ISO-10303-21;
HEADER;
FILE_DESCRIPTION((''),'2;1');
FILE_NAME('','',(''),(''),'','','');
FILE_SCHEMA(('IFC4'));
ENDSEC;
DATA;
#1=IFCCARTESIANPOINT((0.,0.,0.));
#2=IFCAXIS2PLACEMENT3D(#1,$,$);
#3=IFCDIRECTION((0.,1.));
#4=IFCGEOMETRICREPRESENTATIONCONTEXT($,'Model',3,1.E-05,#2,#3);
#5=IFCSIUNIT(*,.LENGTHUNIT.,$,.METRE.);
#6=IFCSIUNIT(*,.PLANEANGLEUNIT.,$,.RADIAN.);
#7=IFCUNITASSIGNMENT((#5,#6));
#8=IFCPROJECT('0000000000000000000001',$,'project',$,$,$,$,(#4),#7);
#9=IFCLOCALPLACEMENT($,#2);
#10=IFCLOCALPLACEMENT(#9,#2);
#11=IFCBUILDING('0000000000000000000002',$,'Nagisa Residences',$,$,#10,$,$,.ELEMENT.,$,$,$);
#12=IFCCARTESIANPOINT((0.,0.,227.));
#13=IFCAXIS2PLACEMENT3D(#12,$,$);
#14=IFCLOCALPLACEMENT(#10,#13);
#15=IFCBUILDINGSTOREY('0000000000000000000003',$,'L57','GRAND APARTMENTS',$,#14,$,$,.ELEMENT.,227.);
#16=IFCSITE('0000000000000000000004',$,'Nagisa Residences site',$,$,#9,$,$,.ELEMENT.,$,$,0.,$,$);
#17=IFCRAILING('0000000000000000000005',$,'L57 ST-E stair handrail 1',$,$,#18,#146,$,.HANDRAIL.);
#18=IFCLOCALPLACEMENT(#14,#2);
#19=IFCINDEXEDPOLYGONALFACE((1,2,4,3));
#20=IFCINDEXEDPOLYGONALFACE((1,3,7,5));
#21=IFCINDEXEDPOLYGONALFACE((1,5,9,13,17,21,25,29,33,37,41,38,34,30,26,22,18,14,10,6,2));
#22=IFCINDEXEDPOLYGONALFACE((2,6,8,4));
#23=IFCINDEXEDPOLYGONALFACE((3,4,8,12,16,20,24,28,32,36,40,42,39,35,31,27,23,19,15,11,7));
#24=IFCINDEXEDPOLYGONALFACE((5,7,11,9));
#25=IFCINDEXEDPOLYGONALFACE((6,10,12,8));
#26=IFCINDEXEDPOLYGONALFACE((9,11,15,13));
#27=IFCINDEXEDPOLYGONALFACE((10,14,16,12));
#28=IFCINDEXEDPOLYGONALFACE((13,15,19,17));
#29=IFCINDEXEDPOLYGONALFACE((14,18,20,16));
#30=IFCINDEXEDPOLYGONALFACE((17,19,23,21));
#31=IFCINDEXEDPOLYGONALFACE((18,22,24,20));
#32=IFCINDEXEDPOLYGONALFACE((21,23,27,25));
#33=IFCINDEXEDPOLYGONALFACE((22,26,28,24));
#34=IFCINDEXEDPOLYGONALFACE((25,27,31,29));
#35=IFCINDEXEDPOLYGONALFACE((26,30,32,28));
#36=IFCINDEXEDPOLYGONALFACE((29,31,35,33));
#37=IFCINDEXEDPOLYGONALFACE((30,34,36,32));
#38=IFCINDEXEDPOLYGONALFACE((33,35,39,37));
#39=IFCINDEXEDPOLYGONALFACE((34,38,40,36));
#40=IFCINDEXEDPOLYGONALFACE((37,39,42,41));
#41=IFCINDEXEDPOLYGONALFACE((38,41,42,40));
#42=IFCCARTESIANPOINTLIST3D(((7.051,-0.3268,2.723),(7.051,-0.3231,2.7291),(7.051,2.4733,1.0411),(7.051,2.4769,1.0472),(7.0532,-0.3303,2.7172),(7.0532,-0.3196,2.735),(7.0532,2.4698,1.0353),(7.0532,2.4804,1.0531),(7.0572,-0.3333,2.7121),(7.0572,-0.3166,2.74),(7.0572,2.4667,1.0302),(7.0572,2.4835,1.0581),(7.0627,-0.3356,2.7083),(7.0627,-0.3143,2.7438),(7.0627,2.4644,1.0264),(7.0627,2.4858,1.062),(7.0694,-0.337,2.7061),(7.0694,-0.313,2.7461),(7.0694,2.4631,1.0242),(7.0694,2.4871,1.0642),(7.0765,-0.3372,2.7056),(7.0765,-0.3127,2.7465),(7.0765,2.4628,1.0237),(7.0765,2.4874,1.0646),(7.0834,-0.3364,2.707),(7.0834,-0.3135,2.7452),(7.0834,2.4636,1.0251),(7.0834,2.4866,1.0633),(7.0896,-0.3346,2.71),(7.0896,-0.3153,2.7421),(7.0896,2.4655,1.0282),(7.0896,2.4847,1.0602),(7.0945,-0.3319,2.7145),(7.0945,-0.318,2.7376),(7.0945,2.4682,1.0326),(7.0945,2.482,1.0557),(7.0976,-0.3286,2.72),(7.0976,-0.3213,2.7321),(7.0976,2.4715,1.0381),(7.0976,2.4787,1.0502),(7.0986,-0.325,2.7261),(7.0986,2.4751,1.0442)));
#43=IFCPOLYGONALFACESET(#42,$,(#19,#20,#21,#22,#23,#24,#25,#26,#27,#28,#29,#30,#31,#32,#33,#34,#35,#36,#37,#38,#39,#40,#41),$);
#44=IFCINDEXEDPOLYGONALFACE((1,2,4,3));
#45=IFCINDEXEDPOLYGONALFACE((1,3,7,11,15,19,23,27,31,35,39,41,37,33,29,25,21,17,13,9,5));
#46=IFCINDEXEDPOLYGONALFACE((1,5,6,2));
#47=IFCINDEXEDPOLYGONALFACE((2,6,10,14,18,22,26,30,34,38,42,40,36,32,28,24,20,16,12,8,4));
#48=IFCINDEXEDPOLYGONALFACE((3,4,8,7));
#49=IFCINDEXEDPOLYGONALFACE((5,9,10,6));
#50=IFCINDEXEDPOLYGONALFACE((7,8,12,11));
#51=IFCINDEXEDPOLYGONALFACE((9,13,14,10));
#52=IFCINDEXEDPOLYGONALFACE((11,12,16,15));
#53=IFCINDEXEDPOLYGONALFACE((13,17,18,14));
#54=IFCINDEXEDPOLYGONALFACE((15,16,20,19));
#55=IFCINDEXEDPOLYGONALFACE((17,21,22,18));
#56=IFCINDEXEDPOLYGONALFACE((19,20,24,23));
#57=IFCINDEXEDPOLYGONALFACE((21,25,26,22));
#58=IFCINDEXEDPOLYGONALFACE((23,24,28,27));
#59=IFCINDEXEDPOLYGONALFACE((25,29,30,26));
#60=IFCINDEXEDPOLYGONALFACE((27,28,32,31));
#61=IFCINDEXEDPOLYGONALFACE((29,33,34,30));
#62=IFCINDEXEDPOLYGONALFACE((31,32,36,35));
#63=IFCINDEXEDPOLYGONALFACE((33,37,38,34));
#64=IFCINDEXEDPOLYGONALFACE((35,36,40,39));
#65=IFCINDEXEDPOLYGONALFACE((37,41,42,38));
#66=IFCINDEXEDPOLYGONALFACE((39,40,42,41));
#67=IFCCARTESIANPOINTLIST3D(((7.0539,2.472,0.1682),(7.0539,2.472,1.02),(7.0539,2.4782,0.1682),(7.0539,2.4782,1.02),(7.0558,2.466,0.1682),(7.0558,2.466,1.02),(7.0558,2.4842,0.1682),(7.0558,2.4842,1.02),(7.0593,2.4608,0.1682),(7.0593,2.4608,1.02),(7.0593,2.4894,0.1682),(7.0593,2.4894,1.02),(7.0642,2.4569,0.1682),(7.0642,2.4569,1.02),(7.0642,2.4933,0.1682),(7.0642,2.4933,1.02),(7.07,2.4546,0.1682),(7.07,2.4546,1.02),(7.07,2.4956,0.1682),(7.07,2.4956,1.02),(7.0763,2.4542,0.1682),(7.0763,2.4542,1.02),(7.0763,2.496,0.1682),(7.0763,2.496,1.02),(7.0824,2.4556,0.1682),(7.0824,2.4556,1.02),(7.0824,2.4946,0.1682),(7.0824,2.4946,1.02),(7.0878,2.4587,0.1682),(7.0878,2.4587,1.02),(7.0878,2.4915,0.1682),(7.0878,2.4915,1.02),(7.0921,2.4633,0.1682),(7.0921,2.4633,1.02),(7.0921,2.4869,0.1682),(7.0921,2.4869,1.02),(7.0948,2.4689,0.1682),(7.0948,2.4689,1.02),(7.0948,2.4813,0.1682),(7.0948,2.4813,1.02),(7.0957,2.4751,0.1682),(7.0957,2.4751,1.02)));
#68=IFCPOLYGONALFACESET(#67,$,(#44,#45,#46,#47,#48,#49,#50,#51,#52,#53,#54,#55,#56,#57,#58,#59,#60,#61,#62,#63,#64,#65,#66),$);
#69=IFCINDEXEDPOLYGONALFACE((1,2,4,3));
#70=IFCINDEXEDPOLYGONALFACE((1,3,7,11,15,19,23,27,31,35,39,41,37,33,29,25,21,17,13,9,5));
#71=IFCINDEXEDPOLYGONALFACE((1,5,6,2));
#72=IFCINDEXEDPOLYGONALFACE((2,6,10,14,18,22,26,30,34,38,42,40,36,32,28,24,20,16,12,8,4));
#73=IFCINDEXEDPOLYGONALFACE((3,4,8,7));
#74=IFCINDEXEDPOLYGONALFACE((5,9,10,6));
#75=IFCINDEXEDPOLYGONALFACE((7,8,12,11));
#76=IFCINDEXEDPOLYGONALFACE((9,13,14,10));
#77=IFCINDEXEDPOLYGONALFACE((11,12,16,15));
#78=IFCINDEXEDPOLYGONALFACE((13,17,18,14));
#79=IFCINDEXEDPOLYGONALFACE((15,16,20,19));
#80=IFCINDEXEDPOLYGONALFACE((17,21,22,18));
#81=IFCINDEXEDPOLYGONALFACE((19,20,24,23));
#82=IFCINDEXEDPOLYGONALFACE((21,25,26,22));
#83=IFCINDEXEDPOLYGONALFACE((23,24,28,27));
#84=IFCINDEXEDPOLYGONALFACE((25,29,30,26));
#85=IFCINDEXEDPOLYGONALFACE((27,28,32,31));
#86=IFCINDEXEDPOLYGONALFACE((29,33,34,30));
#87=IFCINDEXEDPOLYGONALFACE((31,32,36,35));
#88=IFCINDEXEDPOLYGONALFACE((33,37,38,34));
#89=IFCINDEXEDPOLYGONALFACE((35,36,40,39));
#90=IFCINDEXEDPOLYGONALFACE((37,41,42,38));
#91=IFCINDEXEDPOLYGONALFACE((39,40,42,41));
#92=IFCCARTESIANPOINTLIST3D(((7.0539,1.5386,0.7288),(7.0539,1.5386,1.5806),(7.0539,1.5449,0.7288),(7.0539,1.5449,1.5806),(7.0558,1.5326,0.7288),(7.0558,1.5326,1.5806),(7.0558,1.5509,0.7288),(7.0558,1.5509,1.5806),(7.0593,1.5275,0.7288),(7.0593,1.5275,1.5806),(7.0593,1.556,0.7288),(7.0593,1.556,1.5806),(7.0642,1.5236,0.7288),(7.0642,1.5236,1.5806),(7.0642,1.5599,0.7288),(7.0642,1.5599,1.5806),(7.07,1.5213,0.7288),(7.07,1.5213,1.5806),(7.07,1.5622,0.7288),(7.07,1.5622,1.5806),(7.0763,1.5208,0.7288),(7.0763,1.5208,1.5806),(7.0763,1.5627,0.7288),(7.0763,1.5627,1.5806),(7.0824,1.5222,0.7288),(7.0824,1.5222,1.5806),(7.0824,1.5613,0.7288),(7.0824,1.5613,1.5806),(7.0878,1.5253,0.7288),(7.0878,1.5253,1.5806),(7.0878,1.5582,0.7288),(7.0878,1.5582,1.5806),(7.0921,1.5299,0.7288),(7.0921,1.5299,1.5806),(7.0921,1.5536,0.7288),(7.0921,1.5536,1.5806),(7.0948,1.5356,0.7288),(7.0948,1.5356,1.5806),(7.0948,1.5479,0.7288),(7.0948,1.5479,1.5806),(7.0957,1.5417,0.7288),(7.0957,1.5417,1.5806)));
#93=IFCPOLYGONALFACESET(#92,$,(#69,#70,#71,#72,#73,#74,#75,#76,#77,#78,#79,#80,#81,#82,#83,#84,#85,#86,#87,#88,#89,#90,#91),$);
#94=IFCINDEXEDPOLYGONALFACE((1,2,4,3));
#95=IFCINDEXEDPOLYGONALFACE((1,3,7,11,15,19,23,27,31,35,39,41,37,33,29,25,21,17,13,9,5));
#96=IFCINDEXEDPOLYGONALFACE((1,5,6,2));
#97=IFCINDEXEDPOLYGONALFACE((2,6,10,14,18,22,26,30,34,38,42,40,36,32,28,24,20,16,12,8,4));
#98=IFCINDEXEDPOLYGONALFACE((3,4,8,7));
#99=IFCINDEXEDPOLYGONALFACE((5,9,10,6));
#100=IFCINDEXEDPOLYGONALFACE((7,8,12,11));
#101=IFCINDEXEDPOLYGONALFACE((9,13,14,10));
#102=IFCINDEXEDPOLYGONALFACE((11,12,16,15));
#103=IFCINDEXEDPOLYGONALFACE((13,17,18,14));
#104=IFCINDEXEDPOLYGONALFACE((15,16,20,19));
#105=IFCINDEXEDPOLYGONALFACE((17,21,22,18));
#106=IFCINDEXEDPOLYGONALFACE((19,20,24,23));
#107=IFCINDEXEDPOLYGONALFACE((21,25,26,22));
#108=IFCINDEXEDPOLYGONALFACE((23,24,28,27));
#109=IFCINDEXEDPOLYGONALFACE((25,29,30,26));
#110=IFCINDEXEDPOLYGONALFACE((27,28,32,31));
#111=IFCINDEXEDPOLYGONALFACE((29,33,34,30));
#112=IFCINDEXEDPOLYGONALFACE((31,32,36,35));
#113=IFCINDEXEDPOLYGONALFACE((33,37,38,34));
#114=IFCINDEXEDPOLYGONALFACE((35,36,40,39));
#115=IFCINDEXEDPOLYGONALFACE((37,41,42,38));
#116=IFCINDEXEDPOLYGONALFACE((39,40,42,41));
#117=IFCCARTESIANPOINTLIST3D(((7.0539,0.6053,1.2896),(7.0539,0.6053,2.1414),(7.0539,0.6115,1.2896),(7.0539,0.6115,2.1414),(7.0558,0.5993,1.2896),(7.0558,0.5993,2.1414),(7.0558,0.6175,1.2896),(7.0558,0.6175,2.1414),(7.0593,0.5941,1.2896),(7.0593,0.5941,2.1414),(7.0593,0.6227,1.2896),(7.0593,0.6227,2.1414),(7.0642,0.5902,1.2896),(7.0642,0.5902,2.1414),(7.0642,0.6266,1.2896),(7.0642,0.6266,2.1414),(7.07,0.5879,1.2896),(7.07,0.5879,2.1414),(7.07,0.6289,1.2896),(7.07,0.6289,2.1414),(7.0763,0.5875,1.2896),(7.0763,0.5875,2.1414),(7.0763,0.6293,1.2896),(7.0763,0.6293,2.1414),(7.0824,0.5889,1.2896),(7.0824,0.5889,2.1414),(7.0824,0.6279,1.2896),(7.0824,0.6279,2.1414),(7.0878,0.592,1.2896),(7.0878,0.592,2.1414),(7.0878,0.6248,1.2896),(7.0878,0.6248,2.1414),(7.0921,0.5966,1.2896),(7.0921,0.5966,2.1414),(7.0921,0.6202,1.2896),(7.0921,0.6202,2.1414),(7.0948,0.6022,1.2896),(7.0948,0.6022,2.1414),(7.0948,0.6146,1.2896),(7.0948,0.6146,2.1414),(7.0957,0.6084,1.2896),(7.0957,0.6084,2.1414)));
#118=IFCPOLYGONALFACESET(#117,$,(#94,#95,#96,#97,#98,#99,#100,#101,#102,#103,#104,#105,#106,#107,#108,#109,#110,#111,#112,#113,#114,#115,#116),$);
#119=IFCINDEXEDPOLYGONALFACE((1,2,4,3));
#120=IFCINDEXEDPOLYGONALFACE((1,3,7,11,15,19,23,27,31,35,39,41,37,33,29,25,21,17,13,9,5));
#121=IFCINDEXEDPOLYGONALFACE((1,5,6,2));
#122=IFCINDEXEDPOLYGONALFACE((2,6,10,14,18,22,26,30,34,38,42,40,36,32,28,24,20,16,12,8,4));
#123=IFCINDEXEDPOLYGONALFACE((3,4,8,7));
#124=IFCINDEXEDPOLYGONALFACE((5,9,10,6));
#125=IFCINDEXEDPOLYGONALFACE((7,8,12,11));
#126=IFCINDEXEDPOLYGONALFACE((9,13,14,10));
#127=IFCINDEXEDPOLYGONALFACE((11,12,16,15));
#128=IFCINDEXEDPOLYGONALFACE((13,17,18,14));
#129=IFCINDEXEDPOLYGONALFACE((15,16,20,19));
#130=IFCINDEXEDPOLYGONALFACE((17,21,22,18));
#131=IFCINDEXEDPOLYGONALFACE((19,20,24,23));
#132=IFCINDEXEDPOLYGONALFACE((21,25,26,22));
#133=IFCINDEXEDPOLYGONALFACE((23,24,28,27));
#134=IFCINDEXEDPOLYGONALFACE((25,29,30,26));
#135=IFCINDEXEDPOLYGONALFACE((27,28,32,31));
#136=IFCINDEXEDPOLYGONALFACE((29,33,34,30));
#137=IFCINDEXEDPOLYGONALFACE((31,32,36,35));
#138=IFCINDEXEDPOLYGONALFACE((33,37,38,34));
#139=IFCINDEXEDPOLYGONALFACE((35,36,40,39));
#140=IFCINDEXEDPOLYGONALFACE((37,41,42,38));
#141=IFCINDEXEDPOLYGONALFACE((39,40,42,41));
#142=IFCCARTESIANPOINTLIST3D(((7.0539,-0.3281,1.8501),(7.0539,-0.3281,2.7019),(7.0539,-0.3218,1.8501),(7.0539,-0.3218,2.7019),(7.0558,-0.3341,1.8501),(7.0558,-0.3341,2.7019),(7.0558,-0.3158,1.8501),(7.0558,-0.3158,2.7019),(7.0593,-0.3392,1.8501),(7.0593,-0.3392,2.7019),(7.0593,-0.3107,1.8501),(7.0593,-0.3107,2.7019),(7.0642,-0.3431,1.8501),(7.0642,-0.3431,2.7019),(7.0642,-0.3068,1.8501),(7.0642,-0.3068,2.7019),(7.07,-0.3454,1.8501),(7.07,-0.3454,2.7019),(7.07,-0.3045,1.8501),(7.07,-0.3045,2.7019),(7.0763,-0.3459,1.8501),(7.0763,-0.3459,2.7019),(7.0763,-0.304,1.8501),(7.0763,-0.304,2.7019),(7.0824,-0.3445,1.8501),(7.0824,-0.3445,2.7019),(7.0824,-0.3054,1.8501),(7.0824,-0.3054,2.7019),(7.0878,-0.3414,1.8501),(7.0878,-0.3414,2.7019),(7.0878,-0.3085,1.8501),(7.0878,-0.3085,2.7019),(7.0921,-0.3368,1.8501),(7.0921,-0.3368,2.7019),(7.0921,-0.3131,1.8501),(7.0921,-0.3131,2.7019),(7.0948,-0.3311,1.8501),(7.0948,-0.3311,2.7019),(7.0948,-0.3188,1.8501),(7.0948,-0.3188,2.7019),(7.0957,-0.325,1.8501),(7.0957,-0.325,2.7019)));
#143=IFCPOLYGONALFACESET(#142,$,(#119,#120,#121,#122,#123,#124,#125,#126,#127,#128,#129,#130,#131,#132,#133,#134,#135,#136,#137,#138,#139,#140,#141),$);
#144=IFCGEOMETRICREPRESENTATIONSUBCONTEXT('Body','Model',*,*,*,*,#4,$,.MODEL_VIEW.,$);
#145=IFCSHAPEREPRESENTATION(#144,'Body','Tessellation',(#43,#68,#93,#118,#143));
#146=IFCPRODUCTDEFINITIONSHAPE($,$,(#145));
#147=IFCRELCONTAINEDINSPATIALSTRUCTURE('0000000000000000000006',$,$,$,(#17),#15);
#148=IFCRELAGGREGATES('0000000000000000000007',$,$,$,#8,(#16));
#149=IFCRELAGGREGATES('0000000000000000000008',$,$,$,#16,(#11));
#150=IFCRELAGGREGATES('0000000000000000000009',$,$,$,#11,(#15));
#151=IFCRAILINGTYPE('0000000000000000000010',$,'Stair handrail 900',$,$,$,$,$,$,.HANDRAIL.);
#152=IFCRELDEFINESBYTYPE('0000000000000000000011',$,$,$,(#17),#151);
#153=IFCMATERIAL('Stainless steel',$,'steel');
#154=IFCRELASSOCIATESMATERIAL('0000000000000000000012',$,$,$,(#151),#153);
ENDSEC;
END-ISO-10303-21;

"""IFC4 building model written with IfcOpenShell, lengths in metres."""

from ifc_helpers import new_model, si_unit, direction, frame, origin, origin_2d, place, context, subcontext, project, spatial, circle, extrude, material, type_object, element, save


model = new_model("IFC4")

# Units and contexts
model_context = context("Model", 3, precision=1e-05, world=origin(), true_north=direction((0.0, 1.0)))
body_context = subcontext(model_context, "Body", "Model", "MODEL_VIEW")
ifc_project = project(units=[si_unit("LENGTHUNIT", "METRE"), si_unit("PLANEANGLEUNIT", "RADIAN")], contexts=[model_context])

# Site, building, storey
site_placement = place(None, origin())
site = spatial("IfcSite", under=ifc_project, at=site_placement, Name="Nagisa Residences site", CompositionType="ELEMENT", RefElevation=0.0)
building_placement = place(site_placement, origin())
building = spatial("IfcBuilding", under=site, at=building_placement, Name="Nagisa Residences", CompositionType="ELEMENT")
storey_placement = place(building_placement, frame((0.0, 0.0, 227.0)))
storey = spatial("IfcBuildingStorey", under=building, at=storey_placement, Name="L57", Description="GRAND APARTMENTS", CompositionType="ELEMENT", Elevation=227.0)

# Railing
ifc_material_1 = material(Name="Stainless steel", Category="steel")
railing_type_1 = type_object("IfcRailingType", Name="Stair handrail 900", PredefinedType="HANDRAIL", material=ifc_material_1)
railing_1_placement = place(storey_placement, frame((7.0747, 2.4751, 0.1682)))
element("IfcRailing", 1, at=railing_1_placement, inside=storey, type_object=railing_type_1, Name="L57 ST-E stair handrail 1", PredefinedType="HANDRAIL", context=body_context, shape_type="SweptSolid", body=[
    extrude(circle(Radius=0.0239, at=origin_2d()), frame((0.0, 0.0, 0.876), z_axis=(0.0, -0.857242, 0.514913), x_axis=(1.0, 0.0, 0.0)), (0.0, 0.0, 1.0), 3.2664),
    extrude(circle(Radius=0.021, at=origin_2d()), origin(), (0.0, 0.0, 1.0), 0.8518),
    extrude(circle(Radius=0.021, at=origin_2d()), frame((0.0, -0.9333, 0.5605)), (0.0, 0.0, 1.0), 0.8518),
    extrude(circle(Radius=0.021, at=origin_2d()), frame((0.0, -1.8667, 1.1213)), (0.0, 0.0, 1.0), 0.8518),
    extrude(circle(Radius=0.021, at=origin_2d()), frame((0.0, -2.8, 1.6819)), (0.0, 0.0, 1.0), 0.8518),
])

save(model, "model.ifc")
